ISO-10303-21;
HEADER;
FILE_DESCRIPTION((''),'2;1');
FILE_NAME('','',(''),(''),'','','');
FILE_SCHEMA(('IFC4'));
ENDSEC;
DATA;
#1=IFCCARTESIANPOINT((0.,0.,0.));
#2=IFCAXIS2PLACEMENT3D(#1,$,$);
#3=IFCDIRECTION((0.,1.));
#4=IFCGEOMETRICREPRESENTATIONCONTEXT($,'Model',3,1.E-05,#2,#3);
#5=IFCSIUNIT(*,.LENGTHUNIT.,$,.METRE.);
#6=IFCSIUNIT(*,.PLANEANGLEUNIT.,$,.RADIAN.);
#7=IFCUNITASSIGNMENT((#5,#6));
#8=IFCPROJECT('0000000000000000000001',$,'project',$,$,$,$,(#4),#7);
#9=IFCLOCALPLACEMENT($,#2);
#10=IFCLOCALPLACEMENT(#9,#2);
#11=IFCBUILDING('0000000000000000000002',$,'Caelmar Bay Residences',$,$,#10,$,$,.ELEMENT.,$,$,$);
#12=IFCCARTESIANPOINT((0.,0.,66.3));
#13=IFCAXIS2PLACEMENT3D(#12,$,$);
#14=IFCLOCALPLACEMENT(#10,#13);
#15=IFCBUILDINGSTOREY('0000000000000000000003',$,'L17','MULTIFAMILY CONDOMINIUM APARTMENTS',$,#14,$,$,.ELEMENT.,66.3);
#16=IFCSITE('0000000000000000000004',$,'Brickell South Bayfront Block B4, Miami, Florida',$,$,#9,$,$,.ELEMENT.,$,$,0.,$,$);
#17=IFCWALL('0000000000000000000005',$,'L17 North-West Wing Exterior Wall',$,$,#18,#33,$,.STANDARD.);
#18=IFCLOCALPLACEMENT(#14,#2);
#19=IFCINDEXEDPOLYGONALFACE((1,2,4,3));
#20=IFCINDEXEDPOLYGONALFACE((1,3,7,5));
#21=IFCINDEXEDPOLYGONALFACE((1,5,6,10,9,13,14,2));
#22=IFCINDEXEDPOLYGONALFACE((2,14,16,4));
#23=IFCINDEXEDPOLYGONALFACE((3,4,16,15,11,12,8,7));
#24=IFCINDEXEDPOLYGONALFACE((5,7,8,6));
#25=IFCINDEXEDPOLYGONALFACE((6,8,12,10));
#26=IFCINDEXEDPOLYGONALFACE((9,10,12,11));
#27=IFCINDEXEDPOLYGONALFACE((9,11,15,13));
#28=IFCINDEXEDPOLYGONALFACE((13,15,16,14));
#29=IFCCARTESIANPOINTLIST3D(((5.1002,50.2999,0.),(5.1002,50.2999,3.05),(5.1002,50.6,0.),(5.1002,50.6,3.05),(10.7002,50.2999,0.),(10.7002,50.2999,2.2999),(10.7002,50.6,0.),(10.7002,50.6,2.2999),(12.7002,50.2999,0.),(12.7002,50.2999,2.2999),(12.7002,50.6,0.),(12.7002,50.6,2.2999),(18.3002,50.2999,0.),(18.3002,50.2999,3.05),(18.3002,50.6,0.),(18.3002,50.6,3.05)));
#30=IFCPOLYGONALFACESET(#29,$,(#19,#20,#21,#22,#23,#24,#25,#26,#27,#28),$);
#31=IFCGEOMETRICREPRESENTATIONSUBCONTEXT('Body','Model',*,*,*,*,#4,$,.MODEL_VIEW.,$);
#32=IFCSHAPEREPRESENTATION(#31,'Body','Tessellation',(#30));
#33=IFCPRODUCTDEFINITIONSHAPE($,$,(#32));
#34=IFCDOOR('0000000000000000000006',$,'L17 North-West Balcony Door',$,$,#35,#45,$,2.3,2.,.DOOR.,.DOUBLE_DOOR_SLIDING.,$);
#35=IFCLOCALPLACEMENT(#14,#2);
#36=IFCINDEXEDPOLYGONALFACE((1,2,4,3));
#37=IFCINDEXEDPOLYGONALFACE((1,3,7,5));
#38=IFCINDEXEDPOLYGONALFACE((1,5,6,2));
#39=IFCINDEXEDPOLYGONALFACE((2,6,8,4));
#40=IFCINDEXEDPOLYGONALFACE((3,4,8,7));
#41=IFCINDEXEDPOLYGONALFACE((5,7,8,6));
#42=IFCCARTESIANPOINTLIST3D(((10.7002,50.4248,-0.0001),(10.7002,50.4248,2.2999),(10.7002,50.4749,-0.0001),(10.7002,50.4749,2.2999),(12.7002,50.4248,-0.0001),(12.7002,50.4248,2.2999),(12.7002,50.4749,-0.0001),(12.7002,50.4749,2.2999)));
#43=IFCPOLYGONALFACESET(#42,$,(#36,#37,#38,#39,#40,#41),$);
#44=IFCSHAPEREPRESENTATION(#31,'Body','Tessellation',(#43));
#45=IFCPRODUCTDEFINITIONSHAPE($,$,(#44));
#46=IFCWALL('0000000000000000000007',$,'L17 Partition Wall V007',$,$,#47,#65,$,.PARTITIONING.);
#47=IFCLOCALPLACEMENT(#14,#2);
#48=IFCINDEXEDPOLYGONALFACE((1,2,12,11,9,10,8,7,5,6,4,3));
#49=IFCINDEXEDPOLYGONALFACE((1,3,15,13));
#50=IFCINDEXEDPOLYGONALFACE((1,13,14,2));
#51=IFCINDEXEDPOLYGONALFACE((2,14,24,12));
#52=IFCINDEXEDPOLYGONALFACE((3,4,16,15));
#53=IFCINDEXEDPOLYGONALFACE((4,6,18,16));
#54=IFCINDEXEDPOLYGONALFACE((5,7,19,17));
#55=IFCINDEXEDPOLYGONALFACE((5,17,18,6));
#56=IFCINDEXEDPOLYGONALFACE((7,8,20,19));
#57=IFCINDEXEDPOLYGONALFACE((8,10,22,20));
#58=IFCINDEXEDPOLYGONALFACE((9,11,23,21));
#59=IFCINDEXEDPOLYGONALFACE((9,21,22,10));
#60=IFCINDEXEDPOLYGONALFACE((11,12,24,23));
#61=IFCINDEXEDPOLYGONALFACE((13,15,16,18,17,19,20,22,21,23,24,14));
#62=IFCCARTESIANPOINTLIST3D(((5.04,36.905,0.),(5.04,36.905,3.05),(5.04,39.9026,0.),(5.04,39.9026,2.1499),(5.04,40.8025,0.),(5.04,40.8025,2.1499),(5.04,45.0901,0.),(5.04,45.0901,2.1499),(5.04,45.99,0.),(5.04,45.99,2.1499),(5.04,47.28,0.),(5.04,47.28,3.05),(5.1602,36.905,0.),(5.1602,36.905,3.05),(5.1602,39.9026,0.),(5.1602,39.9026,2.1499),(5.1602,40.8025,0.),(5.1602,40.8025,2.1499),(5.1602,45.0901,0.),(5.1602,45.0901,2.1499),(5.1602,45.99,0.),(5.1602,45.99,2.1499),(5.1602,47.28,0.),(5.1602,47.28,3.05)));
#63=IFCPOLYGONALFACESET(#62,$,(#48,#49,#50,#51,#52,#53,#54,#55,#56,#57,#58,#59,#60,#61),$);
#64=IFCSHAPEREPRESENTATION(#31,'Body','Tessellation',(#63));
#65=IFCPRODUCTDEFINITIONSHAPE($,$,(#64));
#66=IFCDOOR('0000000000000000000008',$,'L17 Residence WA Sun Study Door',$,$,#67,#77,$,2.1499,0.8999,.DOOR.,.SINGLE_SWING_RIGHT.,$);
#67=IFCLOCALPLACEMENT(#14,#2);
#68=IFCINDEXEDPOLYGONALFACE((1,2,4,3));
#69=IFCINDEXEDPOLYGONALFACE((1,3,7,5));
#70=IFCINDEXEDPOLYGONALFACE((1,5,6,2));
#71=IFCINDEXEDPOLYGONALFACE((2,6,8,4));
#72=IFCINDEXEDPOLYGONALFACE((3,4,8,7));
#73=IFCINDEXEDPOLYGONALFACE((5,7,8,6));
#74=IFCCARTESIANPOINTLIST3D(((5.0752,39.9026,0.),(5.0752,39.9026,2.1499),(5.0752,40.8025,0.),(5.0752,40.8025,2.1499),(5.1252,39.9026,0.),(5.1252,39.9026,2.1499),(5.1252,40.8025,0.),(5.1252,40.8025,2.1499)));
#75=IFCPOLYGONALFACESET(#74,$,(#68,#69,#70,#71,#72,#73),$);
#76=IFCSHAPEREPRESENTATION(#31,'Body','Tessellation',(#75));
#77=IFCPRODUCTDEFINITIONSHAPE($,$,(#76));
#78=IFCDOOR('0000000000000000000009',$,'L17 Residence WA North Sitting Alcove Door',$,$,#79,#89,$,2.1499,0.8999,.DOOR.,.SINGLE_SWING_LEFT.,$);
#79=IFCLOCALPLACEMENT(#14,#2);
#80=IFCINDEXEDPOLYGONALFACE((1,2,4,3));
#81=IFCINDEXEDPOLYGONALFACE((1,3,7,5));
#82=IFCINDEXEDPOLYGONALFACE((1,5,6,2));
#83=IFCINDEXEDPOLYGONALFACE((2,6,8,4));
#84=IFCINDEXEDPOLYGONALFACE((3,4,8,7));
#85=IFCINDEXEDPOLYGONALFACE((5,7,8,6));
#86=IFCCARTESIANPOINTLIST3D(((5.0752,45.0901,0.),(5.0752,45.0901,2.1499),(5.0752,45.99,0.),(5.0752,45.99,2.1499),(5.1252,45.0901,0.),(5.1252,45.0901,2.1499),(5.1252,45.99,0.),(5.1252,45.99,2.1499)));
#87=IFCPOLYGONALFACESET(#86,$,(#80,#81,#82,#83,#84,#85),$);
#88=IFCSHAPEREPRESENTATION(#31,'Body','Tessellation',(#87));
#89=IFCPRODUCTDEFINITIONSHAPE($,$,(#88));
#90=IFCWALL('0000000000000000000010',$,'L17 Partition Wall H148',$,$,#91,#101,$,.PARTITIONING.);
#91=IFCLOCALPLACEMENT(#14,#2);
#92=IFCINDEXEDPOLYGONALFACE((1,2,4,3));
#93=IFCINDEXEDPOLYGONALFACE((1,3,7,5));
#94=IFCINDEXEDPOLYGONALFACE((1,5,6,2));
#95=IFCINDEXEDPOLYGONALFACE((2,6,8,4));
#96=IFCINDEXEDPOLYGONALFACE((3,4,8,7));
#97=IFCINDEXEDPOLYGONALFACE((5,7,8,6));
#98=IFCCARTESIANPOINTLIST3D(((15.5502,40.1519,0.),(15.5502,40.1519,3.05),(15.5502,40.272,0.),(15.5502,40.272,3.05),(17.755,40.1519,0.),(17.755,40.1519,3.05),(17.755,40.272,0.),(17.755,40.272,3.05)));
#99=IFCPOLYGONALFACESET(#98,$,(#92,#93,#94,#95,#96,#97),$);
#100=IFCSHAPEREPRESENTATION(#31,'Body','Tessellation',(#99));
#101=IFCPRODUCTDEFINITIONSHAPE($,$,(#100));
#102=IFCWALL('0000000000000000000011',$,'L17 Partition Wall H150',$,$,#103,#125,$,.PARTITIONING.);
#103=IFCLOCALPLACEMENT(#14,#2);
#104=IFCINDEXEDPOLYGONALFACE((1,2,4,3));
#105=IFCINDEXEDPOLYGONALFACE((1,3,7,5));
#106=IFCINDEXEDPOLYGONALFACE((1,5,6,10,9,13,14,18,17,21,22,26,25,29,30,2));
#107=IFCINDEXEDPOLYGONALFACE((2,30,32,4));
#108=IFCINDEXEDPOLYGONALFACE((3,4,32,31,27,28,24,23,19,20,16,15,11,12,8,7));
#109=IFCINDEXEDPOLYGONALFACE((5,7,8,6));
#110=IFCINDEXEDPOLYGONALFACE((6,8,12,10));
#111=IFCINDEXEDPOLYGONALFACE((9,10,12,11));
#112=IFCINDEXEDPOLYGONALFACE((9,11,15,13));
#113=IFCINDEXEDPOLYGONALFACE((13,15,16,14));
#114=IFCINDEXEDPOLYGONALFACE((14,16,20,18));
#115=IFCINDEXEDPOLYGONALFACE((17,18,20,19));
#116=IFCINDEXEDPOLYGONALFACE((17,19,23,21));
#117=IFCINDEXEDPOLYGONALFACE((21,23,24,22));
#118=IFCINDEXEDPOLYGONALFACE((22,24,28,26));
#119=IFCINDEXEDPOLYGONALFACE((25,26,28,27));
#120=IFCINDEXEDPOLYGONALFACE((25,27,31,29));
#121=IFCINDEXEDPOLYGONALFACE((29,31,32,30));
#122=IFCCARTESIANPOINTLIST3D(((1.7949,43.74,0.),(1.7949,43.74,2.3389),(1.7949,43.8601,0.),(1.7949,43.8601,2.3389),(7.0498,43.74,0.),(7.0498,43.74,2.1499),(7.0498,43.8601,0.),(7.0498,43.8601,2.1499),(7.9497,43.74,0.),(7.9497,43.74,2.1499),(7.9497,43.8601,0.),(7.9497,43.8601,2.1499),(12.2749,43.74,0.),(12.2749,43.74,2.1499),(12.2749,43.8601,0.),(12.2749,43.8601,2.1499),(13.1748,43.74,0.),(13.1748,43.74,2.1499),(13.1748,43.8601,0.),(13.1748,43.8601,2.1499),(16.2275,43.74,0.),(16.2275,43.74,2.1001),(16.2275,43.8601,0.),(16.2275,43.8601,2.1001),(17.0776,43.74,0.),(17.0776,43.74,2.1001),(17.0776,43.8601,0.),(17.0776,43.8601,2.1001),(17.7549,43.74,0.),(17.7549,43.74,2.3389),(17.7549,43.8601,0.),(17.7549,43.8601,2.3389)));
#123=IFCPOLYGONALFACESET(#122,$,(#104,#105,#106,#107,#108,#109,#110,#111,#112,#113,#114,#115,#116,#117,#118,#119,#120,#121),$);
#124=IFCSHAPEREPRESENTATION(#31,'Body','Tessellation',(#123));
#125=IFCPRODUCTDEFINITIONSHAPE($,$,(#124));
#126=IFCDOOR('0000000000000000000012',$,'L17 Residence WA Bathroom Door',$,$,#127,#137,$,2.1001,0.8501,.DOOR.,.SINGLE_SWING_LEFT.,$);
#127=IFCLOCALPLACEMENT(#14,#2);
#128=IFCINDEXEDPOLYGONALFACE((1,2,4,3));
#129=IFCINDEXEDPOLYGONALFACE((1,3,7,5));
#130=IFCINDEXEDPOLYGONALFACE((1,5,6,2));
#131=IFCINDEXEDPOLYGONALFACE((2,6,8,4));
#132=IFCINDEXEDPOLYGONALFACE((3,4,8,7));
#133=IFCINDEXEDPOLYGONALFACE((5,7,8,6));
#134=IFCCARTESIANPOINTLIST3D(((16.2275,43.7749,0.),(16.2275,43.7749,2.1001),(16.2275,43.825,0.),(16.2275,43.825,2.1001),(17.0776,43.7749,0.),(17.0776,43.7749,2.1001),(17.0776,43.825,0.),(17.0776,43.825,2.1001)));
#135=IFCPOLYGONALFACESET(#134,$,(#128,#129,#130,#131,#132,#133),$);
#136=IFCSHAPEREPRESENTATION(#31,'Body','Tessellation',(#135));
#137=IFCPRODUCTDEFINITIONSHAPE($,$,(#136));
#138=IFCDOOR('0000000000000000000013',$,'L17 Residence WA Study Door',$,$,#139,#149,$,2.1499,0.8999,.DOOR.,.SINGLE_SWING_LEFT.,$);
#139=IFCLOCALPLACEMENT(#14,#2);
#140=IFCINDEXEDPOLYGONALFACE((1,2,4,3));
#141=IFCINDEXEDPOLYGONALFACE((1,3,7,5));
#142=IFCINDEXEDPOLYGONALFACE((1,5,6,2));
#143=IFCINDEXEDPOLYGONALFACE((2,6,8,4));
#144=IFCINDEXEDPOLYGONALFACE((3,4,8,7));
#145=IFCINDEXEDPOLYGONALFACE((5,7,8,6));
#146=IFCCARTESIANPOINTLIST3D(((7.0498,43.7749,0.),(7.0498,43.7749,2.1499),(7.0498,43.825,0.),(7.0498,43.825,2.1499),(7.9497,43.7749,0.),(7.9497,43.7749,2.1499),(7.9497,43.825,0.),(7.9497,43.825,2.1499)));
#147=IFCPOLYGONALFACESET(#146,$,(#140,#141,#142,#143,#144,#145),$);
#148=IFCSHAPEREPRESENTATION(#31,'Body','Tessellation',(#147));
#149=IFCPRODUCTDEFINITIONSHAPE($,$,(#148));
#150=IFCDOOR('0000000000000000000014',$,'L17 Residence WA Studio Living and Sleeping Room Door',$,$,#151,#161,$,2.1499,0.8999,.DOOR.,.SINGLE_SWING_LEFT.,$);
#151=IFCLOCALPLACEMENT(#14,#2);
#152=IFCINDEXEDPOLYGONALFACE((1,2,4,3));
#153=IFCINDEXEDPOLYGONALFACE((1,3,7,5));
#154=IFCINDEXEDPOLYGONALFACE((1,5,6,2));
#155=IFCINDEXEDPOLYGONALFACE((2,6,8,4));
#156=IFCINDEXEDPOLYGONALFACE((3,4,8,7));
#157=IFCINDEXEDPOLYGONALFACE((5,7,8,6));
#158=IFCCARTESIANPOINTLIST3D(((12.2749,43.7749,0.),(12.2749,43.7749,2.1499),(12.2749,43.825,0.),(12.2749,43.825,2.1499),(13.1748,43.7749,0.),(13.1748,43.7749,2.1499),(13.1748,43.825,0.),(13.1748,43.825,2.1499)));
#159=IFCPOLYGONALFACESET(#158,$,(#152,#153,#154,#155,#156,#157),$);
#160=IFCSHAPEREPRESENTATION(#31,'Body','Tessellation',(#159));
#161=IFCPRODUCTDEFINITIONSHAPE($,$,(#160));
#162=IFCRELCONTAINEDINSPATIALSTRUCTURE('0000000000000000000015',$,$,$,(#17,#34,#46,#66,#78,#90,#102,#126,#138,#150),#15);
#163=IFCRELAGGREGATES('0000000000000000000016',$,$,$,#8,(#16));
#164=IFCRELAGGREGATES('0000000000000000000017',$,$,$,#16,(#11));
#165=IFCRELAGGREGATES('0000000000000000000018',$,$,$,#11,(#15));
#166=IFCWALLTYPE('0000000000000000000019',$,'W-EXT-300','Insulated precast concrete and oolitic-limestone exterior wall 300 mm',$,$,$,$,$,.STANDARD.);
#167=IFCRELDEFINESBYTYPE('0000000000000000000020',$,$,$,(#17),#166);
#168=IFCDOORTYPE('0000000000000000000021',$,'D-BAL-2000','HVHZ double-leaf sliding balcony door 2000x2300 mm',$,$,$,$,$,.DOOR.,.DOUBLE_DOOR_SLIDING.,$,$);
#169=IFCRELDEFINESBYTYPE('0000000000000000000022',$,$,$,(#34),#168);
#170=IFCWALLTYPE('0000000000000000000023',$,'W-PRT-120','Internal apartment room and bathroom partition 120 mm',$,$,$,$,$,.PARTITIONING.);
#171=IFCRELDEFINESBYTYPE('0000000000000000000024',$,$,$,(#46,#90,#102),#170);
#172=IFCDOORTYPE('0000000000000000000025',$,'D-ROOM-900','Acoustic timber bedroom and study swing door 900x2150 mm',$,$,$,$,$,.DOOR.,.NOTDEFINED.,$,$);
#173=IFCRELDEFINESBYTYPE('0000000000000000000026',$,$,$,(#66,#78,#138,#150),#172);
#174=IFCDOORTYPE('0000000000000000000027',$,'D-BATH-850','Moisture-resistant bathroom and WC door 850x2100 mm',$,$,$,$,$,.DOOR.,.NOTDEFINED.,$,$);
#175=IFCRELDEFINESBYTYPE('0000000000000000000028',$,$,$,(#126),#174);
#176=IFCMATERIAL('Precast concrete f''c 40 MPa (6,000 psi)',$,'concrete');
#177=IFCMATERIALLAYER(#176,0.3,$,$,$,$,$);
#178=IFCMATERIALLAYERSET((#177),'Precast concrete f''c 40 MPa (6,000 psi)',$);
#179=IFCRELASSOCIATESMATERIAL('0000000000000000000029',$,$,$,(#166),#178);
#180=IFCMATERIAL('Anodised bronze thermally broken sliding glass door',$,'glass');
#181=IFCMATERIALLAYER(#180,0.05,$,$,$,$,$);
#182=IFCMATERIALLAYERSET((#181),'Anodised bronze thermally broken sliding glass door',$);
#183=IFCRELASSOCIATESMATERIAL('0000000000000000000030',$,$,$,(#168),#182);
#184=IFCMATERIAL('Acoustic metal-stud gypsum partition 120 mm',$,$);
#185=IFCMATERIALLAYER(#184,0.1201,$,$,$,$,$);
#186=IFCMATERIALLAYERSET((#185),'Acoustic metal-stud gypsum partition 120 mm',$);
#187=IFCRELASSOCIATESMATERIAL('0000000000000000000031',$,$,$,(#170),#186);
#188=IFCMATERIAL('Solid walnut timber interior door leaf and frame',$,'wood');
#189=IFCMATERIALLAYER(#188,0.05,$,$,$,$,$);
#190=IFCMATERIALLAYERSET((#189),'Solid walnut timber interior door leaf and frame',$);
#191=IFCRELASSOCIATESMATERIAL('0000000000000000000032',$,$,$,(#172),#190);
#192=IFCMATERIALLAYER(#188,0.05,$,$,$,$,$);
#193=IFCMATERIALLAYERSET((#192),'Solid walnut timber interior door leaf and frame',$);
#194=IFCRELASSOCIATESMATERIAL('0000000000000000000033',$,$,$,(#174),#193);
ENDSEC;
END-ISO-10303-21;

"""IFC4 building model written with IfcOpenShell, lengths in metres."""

from ifc_helpers import new_model, si_unit, direction, frame, frame_2d, origin, place, context, subcontext, project, spatial, rectangle, extrude, material, layer, layer_set, type_object, element, fill, save


model = new_model("IFC4")

# Units and contexts
model_context = context("Model", 3, precision=1e-05, world=origin(), true_north=direction((0.0, 1.0)))
body_context = subcontext(model_context, "Body", "Model", "MODEL_VIEW")
ifc_project = project(units=[si_unit("LENGTHUNIT", "METRE"), si_unit("PLANEANGLEUNIT", "RADIAN")], contexts=[model_context])

# Site, building, storey
site_placement = place(None, origin())
site = spatial("IfcSite", under=ifc_project, at=site_placement, Name="Brickell South Bayfront Block B4, Miami, Florida", CompositionType="ELEMENT", RefElevation=0.0)
building_placement = place(site_placement, origin())
building = spatial("IfcBuilding", under=site, at=building_placement, Name="Caelmar Bay Residences", CompositionType="ELEMENT")
storey_placement = place(building_placement, frame((0.0, 0.0, 66.3)))
storey = spatial("IfcBuildingStorey", under=building, at=storey_placement, Name="L17", Description="MULTIFAMILY CONDOMINIUM APARTMENTS", CompositionType="ELEMENT", Elevation=66.3)

# Shared definitions
ifc_material_1 = material(Name="Precast concrete f'c 40 MPa (6,000 psi)", Category="concrete")

# Wall, opening, door
ifc_layer_1 = layer(ifc_material_1, 0.3)
ifc_layer_set_1 = layer_set([ifc_layer_1], Name="Precast concrete f'c 40 MPa (6,000 psi)")
wall_type_1 = type_object("IfcWallType", Name="W-EXT-300", Description="Insulated precast concrete and oolitic-limestone exterior wall 300 mm", PredefinedType="STANDARD", material=ifc_layer_set_1)
wall_1_placement = place(storey_placement, frame((5.1001, 50.45, 0.0), z_axis=(0.0, 0.0, 1.0), x_axis=(1.0, 0.0, 0.0)))
wall_1 = element("IfcWall", 1, at=wall_1_placement, inside=storey, type_object=wall_type_1, Name="L17 North-West Wing Exterior Wall", PredefinedType="STANDARD", context=body_context, shape_type="SweptSolid", body=[
    extrude(rectangle(XDim=13.2, YDim=0.3, at=frame_2d((6.6001, 0.0))), origin(), (0.0, 0.0, 1.0), 3.05),
])
opening_1_placement = place(wall_1_placement, frame((5.6001, 0.0, 0.0)))
opening_1 = element("IfcOpeningElement", 2, at=opening_1_placement, cuts=wall_1, PredefinedType="OPENING", context=body_context, shape_type="SweptSolid", body=[
    extrude(rectangle(XDim=2.0, YDim=2.3, at=frame_2d((1.0, 1.1499))), frame((0.0, 0.1599, 0.0), z_axis=(0.0, -1.0, 0.0), x_axis=(1.0, 0.0, 0.0)), (0.0, 0.0, 1.0), 0.3201),
])
ifc_material_2 = material(Name="Anodised bronze thermally broken sliding glass door", Category="glass")
ifc_layer_2 = layer(ifc_material_2, 0.05)
ifc_layer_set_2 = layer_set([ifc_layer_2], Name="Anodised bronze thermally broken sliding glass door")
door_type_1 = type_object("IfcDoorType", Name="D-BAL-2000", Description="HVHZ double-leaf sliding balcony door 2000x2300 mm", OperationType="DOUBLE_DOOR_SLIDING", PredefinedType="DOOR", material=ifc_layer_set_2)
door_1_placement = place(opening_1_placement, origin())
door_1 = element("IfcDoor", 3, at=door_1_placement, inside=storey, type_object=door_type_1, Name="L17 North-West Balcony Door", OperationType="DOUBLE_DOOR_SLIDING", OverallHeight=2.3, OverallWidth=2.0, PredefinedType="DOOR", context=body_context, shape_type="SweptSolid", body=[
    extrude(rectangle(XDim=2.0, YDim=2.3, at=frame_2d((1.0, 1.1499))), frame((0.0, 0.0249, 0.0), z_axis=(0.0, -1.0, 0.0), x_axis=(1.0, 0.0, 0.0)), (0.0, 0.0, 1.0), 0.05),
])
fill(opening_1, door_1)

# Wall, openings, doors
ifc_material_3 = material(Name="Acoustic metal-stud gypsum partition 120 mm")
ifc_layer_3 = layer(ifc_material_3, 0.1201)
ifc_layer_set_3 = layer_set([ifc_layer_3], Name="Acoustic metal-stud gypsum partition 120 mm")
wall_type_2 = type_object("IfcWallType", Name="W-PRT-120", Description="Internal apartment room and bathroom partition 120 mm", PredefinedType="PARTITIONING", material=ifc_layer_set_3)
wall_2_placement = place(storey_placement, frame((5.1001, 36.905, 0.0), z_axis=(0.0, 0.0, 1.0), x_axis=(0.0, 1.0, 0.0)))
wall_2 = element("IfcWall", 4, at=wall_2_placement, inside=storey, type_object=wall_type_2, Name="L17 Partition Wall V007", PredefinedType="PARTITIONING", context=body_context, shape_type="SweptSolid", body=[
    extrude(rectangle(XDim=10.375, YDim=0.1201, at=frame_2d((5.1875, 0.0))), origin(), (0.0, 0.0, 1.0), 3.05),
])
opening_2_placement = place(wall_2_placement, frame((2.9976, 0.0, 0.0)))
opening_2 = element("IfcOpeningElement", 5, at=opening_2_placement, cuts=wall_2, PredefinedType="OPENING", context=body_context, shape_type="SweptSolid", body=[
    extrude(rectangle(XDim=0.8999, YDim=2.1499, at=frame_2d((0.45, 1.075))), frame((0.0, 0.0701, 0.0), z_axis=(0.0, -1.0, 0.0), x_axis=(1.0, 0.0, 0.0)), (0.0, 0.0, 1.0), 0.1401),
])
opening_3_placement = place(wall_2_placement, frame((8.1851, 0.0, 0.0)))
opening_3 = element("IfcOpeningElement", 6, at=opening_3_placement, cuts=wall_2, PredefinedType="OPENING", context=body_context, shape_type="SweptSolid", body=[
    extrude(rectangle(XDim=0.8999, YDim=2.1499, at=frame_2d((0.45, 1.075))), frame((0.0, 0.0701, 0.0), z_axis=(0.0, -1.0, 0.0), x_axis=(1.0, 0.0, 0.0)), (0.0, 0.0, 1.0), 0.1401),
])
ifc_material_4 = material(Name="Solid walnut timber interior door leaf and frame", Category="wood")
ifc_layer_4 = layer(ifc_material_4, 0.05)
ifc_layer_set_4 = layer_set([ifc_layer_4], Name="Solid walnut timber interior door leaf and frame")
door_type_2 = type_object("IfcDoorType", Name="D-ROOM-900", Description="Acoustic timber bedroom and study swing door 900x2150 mm", OperationType="NOTDEFINED", PredefinedType="DOOR", material=ifc_layer_set_4)
door_2_placement = place(opening_2_placement, origin())
door_2 = element("IfcDoor", 7, at=door_2_placement, inside=storey, type_object=door_type_2, Name="L17 Residence WA Sun Study Door", OperationType="SINGLE_SWING_RIGHT", OverallHeight=2.1499, OverallWidth=0.8999, PredefinedType="DOOR", context=body_context, shape_type="SweptSolid", body=[
    extrude(rectangle(XDim=0.8999, YDim=2.1499, at=frame_2d((0.45, 1.075))), frame((0.0, 0.0249, 0.0), z_axis=(0.0, -1.0, 0.0), x_axis=(1.0, 0.0, 0.0)), (0.0, 0.0, 1.0), 0.05),
])
fill(opening_2, door_2)
door_3_placement = place(opening_3_placement, origin())
door_3 = element("IfcDoor", 8, at=door_3_placement, inside=storey, type_object=door_type_2, Name="L17 Residence WA North Sitting Alcove Door", OperationType="SINGLE_SWING_LEFT", OverallHeight=2.1499, OverallWidth=0.8999, PredefinedType="DOOR", context=body_context, shape_type="SweptSolid", body=[
    extrude(rectangle(XDim=0.8999, YDim=2.1499, at=frame_2d((0.45, 1.075))), frame((0.0, 0.0249, 0.0), z_axis=(0.0, -1.0, 0.0), x_axis=(1.0, 0.0, 0.0)), (0.0, 0.0, 1.0), 0.05),
])
fill(opening_3, door_3)

# Wall
wall_3_placement = place(storey_placement, frame((15.55, 40.2119, 0.0), z_axis=(0.0, 0.0, 1.0), x_axis=(1.0, 0.0, 0.0)))
element("IfcWall", 9, at=wall_3_placement, inside=storey, type_object=wall_type_2, Name="L17 Partition Wall H148", PredefinedType="PARTITIONING", context=body_context, shape_type="SweptSolid", body=[
    extrude(rectangle(XDim=2.2048, YDim=0.1201, at=frame_2d((1.1025, 0.0))), origin(), (0.0, 0.0, 1.0), 3.05),
])

# Wall, openings, doors
wall_4_placement = place(storey_placement, frame((1.7949, 43.8, 0.0), z_axis=(0.0, 0.0, 1.0), x_axis=(1.0, 0.0, 0.0)))
wall_4 = element("IfcWall", 10, at=wall_4_placement, inside=storey, type_object=wall_type_2, Name="L17 Partition Wall H150", PredefinedType="PARTITIONING", context=body_context, shape_type="SweptSolid", body=[
    extrude(rectangle(XDim=15.96, YDim=0.1201, at=frame_2d((7.98, 0.0))), origin(), (0.0, 0.0, 1.0), 2.3389),
])
opening_4_placement = place(wall_4_placement, frame((5.2549, 0.0, 0.0)))
opening_4 = element("IfcOpeningElement", 11, at=opening_4_placement, cuts=wall_4, PredefinedType="OPENING", context=body_context, shape_type="SweptSolid", body=[
    extrude(rectangle(XDim=0.8999, YDim=2.1499, at=frame_2d((0.45, 1.075))), frame((0.0, 0.0701, 0.0), z_axis=(0.0, -1.0, 0.0), x_axis=(1.0, 0.0, 0.0)), (0.0, 0.0, 1.0), 0.1401),
])
opening_5_placement = place(wall_4_placement, frame((10.48, 0.0, 0.0)))
opening_5 = element("IfcOpeningElement", 12, at=opening_5_placement, cuts=wall_4, PredefinedType="OPENING", context=body_context, shape_type="SweptSolid", body=[
    extrude(rectangle(XDim=0.8999, YDim=2.1499, at=frame_2d((0.45, 1.075))), frame((0.0, 0.0701, 0.0), z_axis=(0.0, -1.0, 0.0), x_axis=(1.0, 0.0, 0.0)), (0.0, 0.0, 1.0), 0.1401),
])
opening_6_placement = place(wall_4_placement, frame((14.4326, 0.0, 0.0)))
opening_6 = element("IfcOpeningElement", 13, at=opening_6_placement, cuts=wall_4, PredefinedType="OPENING", context=body_context, shape_type="SweptSolid", body=[
    extrude(rectangle(XDim=0.8501, YDim=2.1001, at=frame_2d((0.425, 1.05))), frame((0.0, 0.0701, 0.0), z_axis=(0.0, -1.0, 0.0), x_axis=(1.0, 0.0, 0.0)), (0.0, 0.0, 1.0), 0.1401),
])
ifc_layer_5 = layer(ifc_material_4, 0.05)
ifc_layer_set_5 = layer_set([ifc_layer_5], Name="Solid walnut timber interior door leaf and frame")
door_type_3 = type_object("IfcDoorType", Name="D-BATH-850", Description="Moisture-resistant bathroom and WC door 850x2100 mm", OperationType="NOTDEFINED", PredefinedType="DOOR", material=ifc_layer_set_5)
door_4_placement = place(opening_6_placement, origin())
door_4 = element("IfcDoor", 14, at=door_4_placement, inside=storey, type_object=door_type_3, Name="L17 Residence WA Bathroom Door", OperationType="SINGLE_SWING_LEFT", OverallHeight=2.1001, OverallWidth=0.8501, PredefinedType="DOOR", context=body_context, shape_type="SweptSolid", body=[
    extrude(rectangle(XDim=0.8501, YDim=2.1001, at=frame_2d((0.425, 1.05))), frame((0.0, 0.0249, 0.0), z_axis=(0.0, -1.0, 0.0), x_axis=(1.0, 0.0, 0.0)), (0.0, 0.0, 1.0), 0.05),
])
fill(opening_6, door_4)
door_5_placement = place(opening_4_placement, origin())
door_5 = element("IfcDoor", 15, at=door_5_placement, inside=storey, type_object=door_type_2, Name="L17 Residence WA Study Door", OperationType="SINGLE_SWING_LEFT", OverallHeight=2.1499, OverallWidth=0.8999, PredefinedType="DOOR", context=body_context, shape_type="SweptSolid", body=[
    extrude(rectangle(XDim=0.8999, YDim=2.1499, at=frame_2d((0.45, 1.075))), frame((0.0, 0.0249, 0.0), z_axis=(0.0, -1.0, 0.0), x_axis=(1.0, 0.0, 0.0)), (0.0, 0.0, 1.0), 0.05),
])
fill(opening_4, door_5)
door_6_placement = place(opening_5_placement, origin())
door_6 = element("IfcDoor", 16, at=door_6_placement, inside=storey, type_object=door_type_2, Name="L17 Residence WA Studio Living and Sleeping Room Door", OperationType="SINGLE_SWING_LEFT", OverallHeight=2.1499, OverallWidth=0.8999, PredefinedType="DOOR", context=body_context, shape_type="SweptSolid", body=[
    extrude(rectangle(XDim=0.8999, YDim=2.1499, at=frame_2d((0.45, 1.075))), frame((0.0, 0.0249, 0.0), z_axis=(0.0, -1.0, 0.0), x_axis=(1.0, 0.0, 0.0)), (0.0, 0.0, 1.0), 0.05),
])
fill(opening_5, door_6)

save(model, "model.ifc")
